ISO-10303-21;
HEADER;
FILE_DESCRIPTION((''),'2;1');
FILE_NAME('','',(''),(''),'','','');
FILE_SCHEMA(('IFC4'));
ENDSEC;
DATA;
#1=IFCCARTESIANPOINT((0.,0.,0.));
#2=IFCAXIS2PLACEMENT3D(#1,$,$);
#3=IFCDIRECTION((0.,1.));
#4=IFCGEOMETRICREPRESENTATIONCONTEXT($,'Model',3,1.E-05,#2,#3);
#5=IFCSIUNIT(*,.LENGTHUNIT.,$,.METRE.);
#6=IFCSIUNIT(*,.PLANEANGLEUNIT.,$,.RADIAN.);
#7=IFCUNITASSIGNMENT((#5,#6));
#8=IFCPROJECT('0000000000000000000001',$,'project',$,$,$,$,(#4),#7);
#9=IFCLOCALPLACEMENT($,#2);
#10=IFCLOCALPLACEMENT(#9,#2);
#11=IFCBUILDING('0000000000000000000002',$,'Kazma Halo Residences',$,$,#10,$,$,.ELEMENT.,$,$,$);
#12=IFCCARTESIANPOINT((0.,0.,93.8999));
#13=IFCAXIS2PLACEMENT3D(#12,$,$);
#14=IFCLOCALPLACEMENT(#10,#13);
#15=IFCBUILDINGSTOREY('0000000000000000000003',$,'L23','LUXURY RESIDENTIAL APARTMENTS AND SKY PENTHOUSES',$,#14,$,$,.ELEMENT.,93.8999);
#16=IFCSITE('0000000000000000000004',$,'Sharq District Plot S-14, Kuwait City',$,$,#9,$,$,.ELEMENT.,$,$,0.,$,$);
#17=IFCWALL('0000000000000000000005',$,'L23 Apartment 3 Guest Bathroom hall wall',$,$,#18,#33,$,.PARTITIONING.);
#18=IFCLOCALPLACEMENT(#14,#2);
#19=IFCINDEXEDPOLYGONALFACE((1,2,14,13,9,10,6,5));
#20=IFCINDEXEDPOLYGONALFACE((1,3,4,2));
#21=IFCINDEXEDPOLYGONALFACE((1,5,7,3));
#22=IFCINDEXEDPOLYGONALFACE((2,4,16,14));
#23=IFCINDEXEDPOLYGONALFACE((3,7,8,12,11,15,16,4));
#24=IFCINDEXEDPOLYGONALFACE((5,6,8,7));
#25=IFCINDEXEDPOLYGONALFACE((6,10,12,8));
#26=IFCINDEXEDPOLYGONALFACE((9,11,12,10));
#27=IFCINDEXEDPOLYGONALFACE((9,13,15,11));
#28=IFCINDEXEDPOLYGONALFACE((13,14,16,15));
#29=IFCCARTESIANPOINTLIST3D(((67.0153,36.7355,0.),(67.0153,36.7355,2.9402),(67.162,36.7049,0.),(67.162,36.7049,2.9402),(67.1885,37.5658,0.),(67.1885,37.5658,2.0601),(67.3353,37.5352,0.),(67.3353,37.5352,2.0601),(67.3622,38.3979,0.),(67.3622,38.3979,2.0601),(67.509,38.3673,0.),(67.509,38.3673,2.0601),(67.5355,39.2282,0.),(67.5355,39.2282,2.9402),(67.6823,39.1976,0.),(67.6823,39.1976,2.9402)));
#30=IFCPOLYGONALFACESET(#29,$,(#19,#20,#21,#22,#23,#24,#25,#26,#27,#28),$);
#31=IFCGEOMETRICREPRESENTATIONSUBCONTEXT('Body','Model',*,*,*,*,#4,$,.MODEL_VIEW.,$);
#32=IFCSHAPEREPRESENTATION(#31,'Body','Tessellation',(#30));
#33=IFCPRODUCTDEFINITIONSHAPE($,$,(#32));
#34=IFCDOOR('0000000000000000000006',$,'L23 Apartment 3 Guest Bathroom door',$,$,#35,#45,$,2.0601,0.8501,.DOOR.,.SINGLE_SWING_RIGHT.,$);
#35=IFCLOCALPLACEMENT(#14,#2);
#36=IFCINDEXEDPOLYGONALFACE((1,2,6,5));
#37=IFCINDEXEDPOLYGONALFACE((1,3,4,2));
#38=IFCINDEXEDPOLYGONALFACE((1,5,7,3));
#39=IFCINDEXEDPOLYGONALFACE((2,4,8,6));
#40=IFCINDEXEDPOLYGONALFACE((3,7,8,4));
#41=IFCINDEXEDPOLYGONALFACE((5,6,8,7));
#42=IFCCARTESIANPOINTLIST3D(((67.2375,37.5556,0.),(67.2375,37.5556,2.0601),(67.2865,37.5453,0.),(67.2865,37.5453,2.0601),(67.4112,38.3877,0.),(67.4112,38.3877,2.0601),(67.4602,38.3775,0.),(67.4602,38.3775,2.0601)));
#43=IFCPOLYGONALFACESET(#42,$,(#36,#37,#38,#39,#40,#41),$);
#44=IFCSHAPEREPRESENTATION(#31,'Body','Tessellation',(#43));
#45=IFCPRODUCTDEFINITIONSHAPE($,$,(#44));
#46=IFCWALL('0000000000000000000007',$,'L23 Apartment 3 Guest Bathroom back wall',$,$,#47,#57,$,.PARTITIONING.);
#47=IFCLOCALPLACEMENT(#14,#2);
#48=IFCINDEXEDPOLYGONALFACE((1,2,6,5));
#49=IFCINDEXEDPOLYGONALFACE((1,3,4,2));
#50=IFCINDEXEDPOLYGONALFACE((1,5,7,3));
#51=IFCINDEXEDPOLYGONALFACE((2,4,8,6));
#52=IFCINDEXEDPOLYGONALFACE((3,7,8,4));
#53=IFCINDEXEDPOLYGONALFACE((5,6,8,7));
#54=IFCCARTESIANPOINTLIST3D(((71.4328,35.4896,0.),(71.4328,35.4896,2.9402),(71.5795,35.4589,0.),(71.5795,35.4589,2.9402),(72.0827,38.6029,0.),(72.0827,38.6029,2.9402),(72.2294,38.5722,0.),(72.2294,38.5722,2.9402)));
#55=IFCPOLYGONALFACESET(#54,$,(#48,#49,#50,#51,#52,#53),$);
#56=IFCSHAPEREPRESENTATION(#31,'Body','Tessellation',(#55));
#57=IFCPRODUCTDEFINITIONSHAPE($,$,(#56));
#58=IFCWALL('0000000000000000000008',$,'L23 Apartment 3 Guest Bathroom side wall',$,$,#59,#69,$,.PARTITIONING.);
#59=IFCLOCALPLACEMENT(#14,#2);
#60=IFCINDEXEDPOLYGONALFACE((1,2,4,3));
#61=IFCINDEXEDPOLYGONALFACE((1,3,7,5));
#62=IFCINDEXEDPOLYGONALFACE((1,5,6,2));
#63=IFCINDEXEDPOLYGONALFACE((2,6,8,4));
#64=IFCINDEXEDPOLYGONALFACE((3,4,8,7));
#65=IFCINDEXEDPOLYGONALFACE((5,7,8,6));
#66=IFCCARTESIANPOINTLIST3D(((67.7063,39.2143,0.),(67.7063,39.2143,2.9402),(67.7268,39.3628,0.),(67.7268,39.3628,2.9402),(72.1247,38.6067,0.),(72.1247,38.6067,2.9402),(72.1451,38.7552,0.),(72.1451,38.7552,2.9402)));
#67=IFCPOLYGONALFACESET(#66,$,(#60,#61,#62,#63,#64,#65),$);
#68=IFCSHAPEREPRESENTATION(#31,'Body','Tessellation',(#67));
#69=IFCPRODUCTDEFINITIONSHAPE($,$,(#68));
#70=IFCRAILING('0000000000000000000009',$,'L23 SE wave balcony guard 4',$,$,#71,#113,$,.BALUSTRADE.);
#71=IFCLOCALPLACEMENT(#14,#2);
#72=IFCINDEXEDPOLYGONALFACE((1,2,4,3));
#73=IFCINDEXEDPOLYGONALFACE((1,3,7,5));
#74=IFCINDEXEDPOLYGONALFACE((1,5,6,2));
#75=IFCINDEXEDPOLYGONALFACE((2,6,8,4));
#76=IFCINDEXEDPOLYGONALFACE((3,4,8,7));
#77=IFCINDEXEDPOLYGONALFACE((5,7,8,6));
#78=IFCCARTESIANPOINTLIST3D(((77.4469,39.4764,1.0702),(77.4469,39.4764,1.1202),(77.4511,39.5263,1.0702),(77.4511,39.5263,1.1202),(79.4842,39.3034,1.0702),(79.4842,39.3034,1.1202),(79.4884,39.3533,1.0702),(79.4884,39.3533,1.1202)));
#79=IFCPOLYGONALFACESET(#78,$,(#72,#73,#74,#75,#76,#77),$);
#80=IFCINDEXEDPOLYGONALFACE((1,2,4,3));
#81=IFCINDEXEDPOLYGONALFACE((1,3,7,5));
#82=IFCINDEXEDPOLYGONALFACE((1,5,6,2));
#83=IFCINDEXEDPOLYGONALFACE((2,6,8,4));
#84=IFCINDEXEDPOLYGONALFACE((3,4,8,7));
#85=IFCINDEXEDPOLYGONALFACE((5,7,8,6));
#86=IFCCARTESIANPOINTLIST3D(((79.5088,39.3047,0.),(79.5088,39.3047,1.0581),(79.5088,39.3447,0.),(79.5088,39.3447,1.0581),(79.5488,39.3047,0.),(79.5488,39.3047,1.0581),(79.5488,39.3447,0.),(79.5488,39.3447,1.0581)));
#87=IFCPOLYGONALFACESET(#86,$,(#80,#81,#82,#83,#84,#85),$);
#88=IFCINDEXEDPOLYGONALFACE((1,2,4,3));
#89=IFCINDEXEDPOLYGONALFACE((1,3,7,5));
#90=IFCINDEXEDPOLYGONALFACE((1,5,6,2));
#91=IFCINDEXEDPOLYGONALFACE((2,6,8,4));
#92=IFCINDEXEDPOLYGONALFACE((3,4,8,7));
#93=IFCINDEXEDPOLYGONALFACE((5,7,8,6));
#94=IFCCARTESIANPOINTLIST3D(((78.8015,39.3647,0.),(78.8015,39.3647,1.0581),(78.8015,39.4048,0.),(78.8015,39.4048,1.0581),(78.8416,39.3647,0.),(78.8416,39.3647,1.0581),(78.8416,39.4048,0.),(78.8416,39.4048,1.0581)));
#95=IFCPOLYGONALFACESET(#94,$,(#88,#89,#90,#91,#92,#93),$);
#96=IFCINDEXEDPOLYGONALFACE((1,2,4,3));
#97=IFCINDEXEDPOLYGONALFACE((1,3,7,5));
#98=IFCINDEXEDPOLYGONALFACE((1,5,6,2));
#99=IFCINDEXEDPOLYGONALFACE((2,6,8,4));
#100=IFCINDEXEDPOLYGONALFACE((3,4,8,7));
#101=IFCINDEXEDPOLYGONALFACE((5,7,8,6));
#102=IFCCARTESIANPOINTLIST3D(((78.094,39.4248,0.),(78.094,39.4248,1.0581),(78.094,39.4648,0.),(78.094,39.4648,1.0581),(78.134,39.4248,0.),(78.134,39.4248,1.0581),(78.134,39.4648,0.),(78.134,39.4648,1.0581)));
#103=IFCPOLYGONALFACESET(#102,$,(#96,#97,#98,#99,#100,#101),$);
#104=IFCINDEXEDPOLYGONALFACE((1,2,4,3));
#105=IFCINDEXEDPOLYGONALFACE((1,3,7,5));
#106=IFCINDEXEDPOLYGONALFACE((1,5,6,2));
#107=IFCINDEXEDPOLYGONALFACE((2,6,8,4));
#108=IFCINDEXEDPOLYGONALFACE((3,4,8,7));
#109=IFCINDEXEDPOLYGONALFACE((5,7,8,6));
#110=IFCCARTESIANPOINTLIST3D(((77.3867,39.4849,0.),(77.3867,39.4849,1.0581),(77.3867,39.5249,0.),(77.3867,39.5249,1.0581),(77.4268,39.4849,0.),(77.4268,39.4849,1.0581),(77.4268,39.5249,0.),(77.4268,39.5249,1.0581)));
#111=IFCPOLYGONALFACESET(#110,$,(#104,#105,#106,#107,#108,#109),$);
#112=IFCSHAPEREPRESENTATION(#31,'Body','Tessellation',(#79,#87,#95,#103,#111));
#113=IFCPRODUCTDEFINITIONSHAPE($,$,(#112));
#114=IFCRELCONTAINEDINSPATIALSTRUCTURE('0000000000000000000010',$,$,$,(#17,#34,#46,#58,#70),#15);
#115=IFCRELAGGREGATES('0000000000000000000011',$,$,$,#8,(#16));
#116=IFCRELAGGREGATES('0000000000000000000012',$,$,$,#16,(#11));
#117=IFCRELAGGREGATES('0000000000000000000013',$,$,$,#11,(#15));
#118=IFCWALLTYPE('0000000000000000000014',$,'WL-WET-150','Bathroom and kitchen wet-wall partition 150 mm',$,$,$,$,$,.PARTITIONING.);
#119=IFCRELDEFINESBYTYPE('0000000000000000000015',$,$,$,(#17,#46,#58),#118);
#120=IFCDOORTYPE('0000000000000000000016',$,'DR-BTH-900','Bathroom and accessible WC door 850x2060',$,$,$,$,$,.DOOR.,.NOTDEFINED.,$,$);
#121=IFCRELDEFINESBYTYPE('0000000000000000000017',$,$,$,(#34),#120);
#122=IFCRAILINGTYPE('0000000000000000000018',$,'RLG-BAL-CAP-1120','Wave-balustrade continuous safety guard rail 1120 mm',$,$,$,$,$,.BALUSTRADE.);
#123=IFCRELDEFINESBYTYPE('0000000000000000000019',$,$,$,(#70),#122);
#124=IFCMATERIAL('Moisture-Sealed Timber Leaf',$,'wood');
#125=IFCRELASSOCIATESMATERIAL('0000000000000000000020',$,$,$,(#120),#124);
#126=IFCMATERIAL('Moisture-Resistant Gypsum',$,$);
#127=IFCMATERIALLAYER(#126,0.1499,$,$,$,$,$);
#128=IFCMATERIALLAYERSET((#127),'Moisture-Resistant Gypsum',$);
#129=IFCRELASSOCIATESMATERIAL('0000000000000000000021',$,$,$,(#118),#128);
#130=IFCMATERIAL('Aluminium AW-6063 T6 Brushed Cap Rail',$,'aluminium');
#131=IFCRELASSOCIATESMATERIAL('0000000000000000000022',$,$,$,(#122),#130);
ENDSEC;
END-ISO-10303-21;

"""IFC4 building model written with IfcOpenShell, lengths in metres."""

from ifc_helpers import new_model, si_unit, direction, frame, frame_2d, origin, origin_2d, place, context, subcontext, project, spatial, rectangle, extrude, material, layer, layer_set, type_object, element, fill, save


model = new_model("IFC4")

# Units and contexts
model_context = context("Model", 3, precision=1e-05, world=origin(), true_north=direction((0.0, 1.0)))
body_context = subcontext(model_context, "Body", "Model", "MODEL_VIEW")
ifc_project = project(units=[si_unit("LENGTHUNIT", "METRE"), si_unit("PLANEANGLEUNIT", "RADIAN")], contexts=[model_context])

# Site, building, storey
site_placement = place(None, origin())
site = spatial("IfcSite", under=ifc_project, at=site_placement, Name="Sharq District Plot S-14, Kuwait City", CompositionType="ELEMENT", RefElevation=0.0)
building_placement = place(site_placement, origin())
building = spatial("IfcBuilding", under=site, at=building_placement, Name="Kazma Halo Residences", CompositionType="ELEMENT")
storey_placement = place(building_placement, frame((0.0, 0.0, 93.8999)))
storey = spatial("IfcBuildingStorey", under=building, at=storey_placement, Name="L23", Description="LUXURY RESIDENTIAL APARTMENTS AND SKY PENTHOUSES", CompositionType="ELEMENT", Elevation=93.8999)

# Shared definitions
ifc_material_1 = material(Name="Moisture-Sealed Timber Leaf", Category="wood")
door_type = type_object("IfcDoorType", Name="DR-BTH-900", Description="Bathroom and accessible WC door 850x2060", OperationType="NOTDEFINED", PredefinedType="DOOR", material=ifc_material_1)

# Wall, opening, door
ifc_material_2 = material(Name="Moisture-Resistant Gypsum")
ifc_layer_1 = layer(ifc_material_2, 0.1499)
ifc_layer_set_1 = layer_set([ifc_layer_1], Name="Moisture-Resistant Gypsum")
wall_type_1 = type_object("IfcWallType", Name="WL-WET-150", Description="Bathroom and kitchen wet-wall partition 150 mm", PredefinedType="PARTITIONING", material=ifc_layer_set_1)
wall_1_placement = place(storey_placement, frame((67.0886, 36.7202, 0.0), z_axis=(0.0, 0.0, 1.0), x_axis=(0.204314, 0.978905, 0.0)))
wall_1 = element("IfcWall", 1, at=wall_1_placement, inside=storey, type_object=wall_type_1, Name="L23 Apartment 3 Guest Bathroom hall wall", PredefinedType="PARTITIONING", context=body_context, shape_type="SweptSolid", body=[
    extrude(rectangle(XDim=2.5464, YDim=0.1499, at=frame_2d((1.2732, 0.0))), origin(), (0.0, 0.0, 1.0), 2.9402),
])
opening_1_placement = place(wall_1_placement, frame((0.8481, 0.0, 0.0)))
opening_1 = element("IfcOpeningElement", 2, at=opening_1_placement, cuts=wall_1, PredefinedType="OPENING", context=body_context, shape_type="SweptSolid", body=[
    extrude(rectangle(XDim=0.8501, YDim=2.0601, at=frame_2d((0.425, 1.03))), frame((0.0, 0.085, 0.0), z_axis=(0.0, -1.0, 0.0), x_axis=(1.0, 0.0, 0.0)), (0.0, 0.0, 1.0), 0.1699),
])
door_1_placement = place(opening_1_placement, origin())
door_1 = element("IfcDoor", 3, at=door_1_placement, inside=storey, type_object=door_type, Name="L23 Apartment 3 Guest Bathroom door", OperationType="SINGLE_SWING_RIGHT", OverallHeight=2.0601, OverallWidth=0.8501, PredefinedType="DOOR", context=body_context, shape_type="SweptSolid", body=[
    extrude(rectangle(XDim=0.8501, YDim=2.0601, at=frame_2d((0.425, 1.03))), frame((0.0, 0.0249, 0.0), z_axis=(0.0, -1.0, 0.0), x_axis=(1.0, 0.0, 0.0)), (0.0, 0.0, 1.0), 0.05),
])
fill(opening_1, door_1)

# Walls
wall_2_placement = place(storey_placement, frame((71.5061, 35.4741, 0.0), z_axis=(0.0, 0.0, 1.0), x_axis=(0.204347, 0.978899, 0.0)))
element("IfcWall", 4, at=wall_2_placement, inside=storey, type_object=wall_type_1, Name="L23 Apartment 3 Guest Bathroom back wall", PredefinedType="PARTITIONING", context=body_context, shape_type="SweptSolid", body=[
    extrude(rectangle(XDim=3.1804, YDim=0.1499, at=frame_2d((1.5903, 0.0))), origin(), (0.0, 0.0, 1.0), 2.9402),
])
wall_3_placement = place(storey_placement, frame((67.7166, 39.2886, 0.0), z_axis=(0.0, 0.0, 1.0), x_axis=(0.990675, -0.136247, 0.0)))
element("IfcWall", 5, at=wall_3_placement, inside=storey, type_object=wall_type_1, Name="L23 Apartment 3 Guest Bathroom side wall", PredefinedType="PARTITIONING", context=body_context, shape_type="SweptSolid", body=[
    extrude(rectangle(XDim=4.46, YDim=0.1499, at=frame_2d((2.23, 0.0))), origin(), (0.0, 0.0, 1.0), 2.9402),
])

# Railing
ifc_material_3 = material(Name="Aluminium AW-6063 T6 Brushed Cap Rail", Category="aluminium")
railing_type = type_object("IfcRailingType", Name="RLG-BAL-CAP-1120", Description="Wave-balustrade continuous safety guard rail 1120 mm", PredefinedType="BALUSTRADE", material=ifc_material_3)
railing_placement = place(storey_placement, frame((79.5288, 39.3247, 0.0)))
element("IfcRailing", 6, at=railing_placement, inside=storey, type_object=railing_type, Name="L23 SE wave balcony guard 4", PredefinedType="BALUSTRADE", context=body_context, shape_type="SweptSolid", body=[
    extrude(rectangle(XDim=0.05, YDim=0.05, at=origin_2d()), frame((-0.0425, 0.0037, 1.0952), z_axis=(-0.996415, 0.084601, 0.0), x_axis=(-0.084601, -0.996415, 0.0)), (0.0, 0.0, 1.0), 2.0447),
    extrude(rectangle(XDim=0.04, YDim=0.04, at=origin_2d()), origin(), (0.0, 0.0, 1.0), 1.0581),
    extrude(rectangle(XDim=0.04, YDim=0.04, at=origin_2d()), frame((-0.7073, 0.0601, 0.0)), (0.0, 0.0, 1.0), 1.0581),
    extrude(rectangle(XDim=0.04, YDim=0.04, at=origin_2d()), frame((-1.4148, 0.1201, 0.0)), (0.0, 0.0, 1.0), 1.0581),
    extrude(rectangle(XDim=0.04, YDim=0.04, at=origin_2d()), frame((-2.1221, 0.1802, 0.0)), (0.0, 0.0, 1.0), 1.0581),
])

save(model, "model.ifc")
